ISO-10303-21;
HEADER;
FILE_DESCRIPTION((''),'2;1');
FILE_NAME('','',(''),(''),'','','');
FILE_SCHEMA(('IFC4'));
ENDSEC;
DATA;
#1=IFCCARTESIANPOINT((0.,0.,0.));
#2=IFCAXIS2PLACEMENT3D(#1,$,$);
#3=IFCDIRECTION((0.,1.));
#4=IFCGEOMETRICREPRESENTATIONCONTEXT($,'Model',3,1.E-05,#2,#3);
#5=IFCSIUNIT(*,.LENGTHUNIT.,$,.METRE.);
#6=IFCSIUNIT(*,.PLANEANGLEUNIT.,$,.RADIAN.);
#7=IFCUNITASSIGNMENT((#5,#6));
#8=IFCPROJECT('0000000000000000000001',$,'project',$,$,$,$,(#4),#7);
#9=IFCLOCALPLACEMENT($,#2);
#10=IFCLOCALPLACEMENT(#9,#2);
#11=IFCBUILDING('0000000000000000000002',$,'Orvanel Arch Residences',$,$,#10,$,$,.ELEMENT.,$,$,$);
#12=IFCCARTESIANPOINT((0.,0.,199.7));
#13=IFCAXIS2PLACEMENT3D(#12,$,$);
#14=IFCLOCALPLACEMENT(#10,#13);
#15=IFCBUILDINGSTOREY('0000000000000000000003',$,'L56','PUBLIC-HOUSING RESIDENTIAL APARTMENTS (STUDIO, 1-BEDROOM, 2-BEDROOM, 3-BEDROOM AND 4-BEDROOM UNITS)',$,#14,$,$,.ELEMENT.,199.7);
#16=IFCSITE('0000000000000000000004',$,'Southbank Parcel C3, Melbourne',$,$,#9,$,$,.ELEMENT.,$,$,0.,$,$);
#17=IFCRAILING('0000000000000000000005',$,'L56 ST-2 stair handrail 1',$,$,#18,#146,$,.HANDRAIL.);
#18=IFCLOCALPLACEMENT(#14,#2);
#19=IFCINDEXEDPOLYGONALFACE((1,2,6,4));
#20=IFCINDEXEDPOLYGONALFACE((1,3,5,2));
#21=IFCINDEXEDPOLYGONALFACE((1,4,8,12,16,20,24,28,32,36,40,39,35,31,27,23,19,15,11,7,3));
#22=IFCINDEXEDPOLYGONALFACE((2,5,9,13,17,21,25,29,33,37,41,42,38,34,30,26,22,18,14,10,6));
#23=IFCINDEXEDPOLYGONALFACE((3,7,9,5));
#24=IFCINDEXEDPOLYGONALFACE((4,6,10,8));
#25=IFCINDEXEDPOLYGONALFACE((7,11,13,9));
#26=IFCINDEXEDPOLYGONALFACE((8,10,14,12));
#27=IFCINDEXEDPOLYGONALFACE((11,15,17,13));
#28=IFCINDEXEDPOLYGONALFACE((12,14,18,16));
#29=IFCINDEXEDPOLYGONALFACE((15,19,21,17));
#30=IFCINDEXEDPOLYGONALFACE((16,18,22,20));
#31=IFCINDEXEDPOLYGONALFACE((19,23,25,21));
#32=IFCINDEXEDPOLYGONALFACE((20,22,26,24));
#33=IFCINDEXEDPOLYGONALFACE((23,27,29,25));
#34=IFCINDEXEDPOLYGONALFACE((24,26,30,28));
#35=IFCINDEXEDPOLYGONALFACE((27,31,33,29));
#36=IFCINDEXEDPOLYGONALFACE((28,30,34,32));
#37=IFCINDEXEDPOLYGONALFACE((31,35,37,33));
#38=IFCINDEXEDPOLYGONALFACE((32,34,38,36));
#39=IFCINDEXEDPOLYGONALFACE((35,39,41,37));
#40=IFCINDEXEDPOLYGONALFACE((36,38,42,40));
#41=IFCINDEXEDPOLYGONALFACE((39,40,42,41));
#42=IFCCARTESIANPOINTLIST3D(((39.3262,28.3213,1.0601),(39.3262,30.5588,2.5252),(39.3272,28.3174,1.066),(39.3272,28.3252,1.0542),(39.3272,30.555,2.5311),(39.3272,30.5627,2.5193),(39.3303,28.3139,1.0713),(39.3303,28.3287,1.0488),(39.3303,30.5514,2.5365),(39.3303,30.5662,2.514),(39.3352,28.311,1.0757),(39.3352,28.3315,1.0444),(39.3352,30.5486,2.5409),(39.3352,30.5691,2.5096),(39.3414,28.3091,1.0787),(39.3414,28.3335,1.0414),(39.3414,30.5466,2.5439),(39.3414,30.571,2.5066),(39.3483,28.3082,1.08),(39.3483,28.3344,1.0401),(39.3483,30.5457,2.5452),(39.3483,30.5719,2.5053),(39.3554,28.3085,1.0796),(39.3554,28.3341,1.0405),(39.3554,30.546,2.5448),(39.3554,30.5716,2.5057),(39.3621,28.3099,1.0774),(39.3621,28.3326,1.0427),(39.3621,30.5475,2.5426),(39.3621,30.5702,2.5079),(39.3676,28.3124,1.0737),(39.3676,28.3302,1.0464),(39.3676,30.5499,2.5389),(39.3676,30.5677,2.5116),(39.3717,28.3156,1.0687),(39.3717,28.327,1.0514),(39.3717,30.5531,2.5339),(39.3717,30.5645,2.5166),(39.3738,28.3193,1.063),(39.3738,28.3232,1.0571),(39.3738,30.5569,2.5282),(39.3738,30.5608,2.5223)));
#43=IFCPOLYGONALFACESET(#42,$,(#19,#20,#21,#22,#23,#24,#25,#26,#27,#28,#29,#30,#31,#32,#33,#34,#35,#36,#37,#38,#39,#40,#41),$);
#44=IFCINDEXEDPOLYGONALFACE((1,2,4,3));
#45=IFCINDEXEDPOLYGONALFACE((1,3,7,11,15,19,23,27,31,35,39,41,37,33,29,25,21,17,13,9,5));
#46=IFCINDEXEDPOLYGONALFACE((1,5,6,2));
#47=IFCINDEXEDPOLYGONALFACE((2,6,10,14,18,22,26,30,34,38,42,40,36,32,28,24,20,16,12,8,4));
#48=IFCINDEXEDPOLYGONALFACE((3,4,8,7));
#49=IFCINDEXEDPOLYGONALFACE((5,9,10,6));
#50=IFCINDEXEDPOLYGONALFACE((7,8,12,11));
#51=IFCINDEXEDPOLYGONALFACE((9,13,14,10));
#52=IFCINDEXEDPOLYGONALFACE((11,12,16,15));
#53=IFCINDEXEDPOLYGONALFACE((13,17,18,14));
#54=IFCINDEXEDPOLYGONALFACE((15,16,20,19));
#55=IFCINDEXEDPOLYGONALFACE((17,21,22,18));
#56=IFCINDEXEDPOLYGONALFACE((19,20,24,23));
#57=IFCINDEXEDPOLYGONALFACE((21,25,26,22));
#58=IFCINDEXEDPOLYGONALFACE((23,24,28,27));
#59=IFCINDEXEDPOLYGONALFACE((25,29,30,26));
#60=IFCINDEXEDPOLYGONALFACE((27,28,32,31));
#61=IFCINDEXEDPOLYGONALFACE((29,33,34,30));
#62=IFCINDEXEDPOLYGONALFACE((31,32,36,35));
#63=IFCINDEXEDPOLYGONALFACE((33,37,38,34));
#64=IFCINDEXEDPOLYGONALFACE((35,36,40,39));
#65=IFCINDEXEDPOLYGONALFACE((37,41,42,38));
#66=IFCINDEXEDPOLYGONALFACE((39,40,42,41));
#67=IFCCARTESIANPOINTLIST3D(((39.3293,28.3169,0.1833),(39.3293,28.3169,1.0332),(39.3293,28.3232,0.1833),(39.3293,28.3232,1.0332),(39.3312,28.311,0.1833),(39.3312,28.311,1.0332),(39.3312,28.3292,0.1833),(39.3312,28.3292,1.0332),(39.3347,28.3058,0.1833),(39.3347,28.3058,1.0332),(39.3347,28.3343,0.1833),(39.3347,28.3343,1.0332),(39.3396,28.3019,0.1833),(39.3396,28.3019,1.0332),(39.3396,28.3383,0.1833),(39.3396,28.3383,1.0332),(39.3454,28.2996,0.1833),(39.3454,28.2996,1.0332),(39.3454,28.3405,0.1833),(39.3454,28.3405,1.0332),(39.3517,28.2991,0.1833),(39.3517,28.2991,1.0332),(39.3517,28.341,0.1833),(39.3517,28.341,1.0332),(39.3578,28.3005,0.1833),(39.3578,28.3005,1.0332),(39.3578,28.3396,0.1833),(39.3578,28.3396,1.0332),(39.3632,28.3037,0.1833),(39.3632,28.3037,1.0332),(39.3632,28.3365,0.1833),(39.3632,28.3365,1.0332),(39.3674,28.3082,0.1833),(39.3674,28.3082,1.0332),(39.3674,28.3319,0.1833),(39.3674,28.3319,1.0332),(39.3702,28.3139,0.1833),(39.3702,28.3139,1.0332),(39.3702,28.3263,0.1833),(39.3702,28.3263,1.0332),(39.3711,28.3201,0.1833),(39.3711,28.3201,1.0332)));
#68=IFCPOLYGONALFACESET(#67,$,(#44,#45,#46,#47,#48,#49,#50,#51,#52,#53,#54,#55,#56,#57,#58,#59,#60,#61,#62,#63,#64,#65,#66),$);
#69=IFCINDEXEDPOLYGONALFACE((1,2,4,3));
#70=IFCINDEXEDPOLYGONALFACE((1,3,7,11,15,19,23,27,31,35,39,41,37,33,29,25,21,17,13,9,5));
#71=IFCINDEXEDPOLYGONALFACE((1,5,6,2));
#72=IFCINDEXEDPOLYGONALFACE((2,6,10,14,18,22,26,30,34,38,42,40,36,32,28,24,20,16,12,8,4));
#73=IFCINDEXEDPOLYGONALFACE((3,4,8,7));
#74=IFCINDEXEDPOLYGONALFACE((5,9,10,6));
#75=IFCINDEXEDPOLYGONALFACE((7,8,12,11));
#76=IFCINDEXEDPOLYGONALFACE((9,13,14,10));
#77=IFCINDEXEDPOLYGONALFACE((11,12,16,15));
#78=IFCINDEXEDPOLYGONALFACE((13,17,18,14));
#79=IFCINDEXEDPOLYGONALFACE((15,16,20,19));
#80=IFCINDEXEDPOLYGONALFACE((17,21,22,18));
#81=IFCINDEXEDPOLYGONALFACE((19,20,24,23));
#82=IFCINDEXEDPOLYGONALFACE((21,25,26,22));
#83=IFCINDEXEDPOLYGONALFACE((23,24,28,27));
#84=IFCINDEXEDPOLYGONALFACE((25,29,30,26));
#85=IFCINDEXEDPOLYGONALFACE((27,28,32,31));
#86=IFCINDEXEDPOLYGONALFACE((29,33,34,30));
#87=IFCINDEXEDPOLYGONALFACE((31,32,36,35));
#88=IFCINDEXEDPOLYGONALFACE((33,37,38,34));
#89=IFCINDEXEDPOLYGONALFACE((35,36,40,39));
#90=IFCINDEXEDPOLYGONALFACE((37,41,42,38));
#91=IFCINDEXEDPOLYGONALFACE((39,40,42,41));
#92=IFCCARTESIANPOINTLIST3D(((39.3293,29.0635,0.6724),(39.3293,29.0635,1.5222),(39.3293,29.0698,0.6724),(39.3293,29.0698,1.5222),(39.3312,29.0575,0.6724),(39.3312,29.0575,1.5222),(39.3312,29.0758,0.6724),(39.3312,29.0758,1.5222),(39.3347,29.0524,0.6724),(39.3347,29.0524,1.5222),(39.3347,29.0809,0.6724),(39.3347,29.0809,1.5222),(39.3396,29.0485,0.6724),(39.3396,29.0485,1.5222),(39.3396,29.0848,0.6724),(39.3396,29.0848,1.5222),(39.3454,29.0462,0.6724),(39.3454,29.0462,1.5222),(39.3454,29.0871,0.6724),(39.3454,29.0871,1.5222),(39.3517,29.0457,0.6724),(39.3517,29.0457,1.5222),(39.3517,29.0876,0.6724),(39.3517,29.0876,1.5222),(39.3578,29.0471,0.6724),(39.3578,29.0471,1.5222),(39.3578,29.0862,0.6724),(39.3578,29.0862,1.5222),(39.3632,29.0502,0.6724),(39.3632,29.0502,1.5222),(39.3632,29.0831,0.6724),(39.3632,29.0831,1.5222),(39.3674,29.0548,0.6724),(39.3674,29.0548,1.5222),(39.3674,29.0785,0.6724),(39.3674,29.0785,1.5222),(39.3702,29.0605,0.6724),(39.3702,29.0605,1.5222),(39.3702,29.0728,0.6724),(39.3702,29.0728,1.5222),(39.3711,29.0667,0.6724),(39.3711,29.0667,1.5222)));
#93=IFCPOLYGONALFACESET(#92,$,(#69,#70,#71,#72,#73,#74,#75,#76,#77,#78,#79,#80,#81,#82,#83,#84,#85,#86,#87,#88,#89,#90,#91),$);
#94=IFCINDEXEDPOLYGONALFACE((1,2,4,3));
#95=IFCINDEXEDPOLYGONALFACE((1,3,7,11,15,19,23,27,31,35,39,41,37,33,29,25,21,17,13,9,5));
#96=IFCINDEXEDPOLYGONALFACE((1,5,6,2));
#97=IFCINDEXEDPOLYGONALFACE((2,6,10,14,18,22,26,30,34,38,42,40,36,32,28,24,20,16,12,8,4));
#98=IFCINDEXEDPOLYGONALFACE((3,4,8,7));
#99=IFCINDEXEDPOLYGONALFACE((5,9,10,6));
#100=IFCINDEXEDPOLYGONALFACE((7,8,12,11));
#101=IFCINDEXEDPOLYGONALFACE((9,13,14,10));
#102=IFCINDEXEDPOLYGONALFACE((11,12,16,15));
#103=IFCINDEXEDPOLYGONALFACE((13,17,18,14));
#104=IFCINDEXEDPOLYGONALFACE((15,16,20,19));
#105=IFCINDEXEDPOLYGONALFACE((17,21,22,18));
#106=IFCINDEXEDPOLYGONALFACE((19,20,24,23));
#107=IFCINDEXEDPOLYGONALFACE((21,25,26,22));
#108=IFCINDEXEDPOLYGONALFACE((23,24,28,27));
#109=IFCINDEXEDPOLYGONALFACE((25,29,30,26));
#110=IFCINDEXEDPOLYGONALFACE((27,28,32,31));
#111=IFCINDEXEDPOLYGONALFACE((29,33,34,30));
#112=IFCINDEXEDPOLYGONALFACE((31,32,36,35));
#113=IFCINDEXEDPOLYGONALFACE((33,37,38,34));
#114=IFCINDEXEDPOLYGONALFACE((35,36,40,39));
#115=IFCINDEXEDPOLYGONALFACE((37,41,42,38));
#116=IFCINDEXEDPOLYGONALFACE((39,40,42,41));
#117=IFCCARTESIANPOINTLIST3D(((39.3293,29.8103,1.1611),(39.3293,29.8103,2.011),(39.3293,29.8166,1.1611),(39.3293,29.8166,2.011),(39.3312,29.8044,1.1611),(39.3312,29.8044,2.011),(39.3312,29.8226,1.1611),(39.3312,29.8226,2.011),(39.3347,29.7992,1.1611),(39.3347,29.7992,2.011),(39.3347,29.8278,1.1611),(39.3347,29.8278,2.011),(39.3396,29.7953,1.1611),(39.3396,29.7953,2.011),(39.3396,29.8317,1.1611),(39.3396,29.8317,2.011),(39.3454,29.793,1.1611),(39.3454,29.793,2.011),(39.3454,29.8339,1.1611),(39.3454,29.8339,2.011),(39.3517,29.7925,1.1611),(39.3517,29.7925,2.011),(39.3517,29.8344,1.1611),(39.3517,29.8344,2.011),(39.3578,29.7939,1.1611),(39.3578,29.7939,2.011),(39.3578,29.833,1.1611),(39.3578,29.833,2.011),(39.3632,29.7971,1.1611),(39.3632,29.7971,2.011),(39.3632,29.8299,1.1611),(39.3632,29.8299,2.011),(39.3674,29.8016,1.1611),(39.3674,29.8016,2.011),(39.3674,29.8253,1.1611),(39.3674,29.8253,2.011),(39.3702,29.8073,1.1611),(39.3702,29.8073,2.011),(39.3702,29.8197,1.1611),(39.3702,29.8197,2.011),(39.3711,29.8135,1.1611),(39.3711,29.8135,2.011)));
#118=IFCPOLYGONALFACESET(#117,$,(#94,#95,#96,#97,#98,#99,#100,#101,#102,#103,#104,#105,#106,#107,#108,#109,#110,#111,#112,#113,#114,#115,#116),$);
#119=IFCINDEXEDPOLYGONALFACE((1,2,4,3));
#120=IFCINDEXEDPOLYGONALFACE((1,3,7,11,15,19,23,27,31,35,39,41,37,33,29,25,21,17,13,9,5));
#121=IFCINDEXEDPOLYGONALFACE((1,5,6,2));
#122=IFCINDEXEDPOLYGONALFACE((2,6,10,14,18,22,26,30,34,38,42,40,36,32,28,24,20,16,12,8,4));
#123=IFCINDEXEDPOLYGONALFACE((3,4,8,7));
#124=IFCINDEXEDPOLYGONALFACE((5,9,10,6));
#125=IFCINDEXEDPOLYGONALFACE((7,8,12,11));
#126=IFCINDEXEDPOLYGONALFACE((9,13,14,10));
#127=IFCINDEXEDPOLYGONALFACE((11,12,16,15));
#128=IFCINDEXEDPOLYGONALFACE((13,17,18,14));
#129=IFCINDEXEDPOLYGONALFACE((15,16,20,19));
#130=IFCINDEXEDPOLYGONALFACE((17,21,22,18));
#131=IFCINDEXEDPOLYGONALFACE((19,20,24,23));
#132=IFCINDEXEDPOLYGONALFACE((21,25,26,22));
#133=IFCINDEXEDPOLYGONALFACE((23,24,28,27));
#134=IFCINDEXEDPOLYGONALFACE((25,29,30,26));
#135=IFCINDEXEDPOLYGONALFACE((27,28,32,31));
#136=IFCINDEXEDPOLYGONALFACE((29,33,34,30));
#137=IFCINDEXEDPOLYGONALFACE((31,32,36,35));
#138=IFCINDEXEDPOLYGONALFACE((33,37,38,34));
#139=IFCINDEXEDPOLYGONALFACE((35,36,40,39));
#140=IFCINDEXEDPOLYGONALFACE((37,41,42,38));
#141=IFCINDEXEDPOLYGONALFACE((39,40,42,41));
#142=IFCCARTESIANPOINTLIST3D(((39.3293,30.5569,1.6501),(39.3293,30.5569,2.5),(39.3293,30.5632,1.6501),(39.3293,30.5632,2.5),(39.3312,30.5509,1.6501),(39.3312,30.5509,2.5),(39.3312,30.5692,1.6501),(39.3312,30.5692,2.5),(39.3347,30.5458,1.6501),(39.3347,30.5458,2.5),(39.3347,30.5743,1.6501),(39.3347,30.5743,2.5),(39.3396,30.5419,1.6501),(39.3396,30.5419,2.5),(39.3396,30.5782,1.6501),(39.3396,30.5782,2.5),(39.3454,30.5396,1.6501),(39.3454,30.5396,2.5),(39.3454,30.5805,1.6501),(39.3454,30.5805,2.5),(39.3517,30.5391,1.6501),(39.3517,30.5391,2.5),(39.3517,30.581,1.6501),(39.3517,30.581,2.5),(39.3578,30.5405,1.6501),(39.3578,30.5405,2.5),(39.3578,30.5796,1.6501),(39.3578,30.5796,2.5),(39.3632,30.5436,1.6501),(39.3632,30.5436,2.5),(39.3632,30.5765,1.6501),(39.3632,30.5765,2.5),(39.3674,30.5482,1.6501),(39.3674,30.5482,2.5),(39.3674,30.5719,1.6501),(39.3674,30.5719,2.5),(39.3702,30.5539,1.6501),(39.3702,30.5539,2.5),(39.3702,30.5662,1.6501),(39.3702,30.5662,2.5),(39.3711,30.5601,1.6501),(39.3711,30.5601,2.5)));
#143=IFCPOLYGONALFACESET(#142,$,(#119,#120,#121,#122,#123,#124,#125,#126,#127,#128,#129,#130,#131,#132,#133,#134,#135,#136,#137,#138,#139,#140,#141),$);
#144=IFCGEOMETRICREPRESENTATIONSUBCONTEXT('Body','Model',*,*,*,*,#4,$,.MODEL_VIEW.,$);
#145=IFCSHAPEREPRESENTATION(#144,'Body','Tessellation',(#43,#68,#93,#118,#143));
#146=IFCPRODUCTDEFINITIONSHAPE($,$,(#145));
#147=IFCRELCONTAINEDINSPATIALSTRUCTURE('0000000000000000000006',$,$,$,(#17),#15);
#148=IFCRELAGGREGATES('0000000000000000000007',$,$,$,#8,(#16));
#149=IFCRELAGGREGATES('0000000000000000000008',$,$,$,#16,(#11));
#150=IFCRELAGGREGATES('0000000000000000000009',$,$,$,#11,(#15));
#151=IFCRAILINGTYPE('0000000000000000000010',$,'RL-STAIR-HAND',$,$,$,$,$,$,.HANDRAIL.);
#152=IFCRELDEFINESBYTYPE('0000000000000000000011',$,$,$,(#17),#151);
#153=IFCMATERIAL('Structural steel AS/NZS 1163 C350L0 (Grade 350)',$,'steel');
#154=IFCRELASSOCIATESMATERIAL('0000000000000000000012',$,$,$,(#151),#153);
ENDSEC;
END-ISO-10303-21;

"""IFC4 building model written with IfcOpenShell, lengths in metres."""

from ifc_helpers import new_model, si_unit, direction, frame, origin, origin_2d, place, context, subcontext, project, spatial, circle, extrude, material, type_object, element, save


model = new_model("IFC4")

# Units and contexts
model_context = context("Model", 3, precision=1e-05, world=origin(), true_north=direction((0.0, 1.0)))
body_context = subcontext(model_context, "Body", "Model", "MODEL_VIEW")
ifc_project = project(units=[si_unit("LENGTHUNIT", "METRE"), si_unit("PLANEANGLEUNIT", "RADIAN")], contexts=[model_context])

# Site, building, storey
site_placement = place(None, origin())
site = spatial("IfcSite", under=ifc_project, at=site_placement, Name="Southbank Parcel C3, Melbourne", CompositionType="ELEMENT", RefElevation=0.0)
building_placement = place(site_placement, origin())
building = spatial("IfcBuilding", under=site, at=building_placement, Name="Orvanel Arch Residences", CompositionType="ELEMENT")
storey_placement = place(building_placement, frame((0.0, 0.0, 199.7)))
storey = spatial("IfcBuildingStorey", under=building, at=storey_placement, Name="L56", Description="PUBLIC-HOUSING RESIDENTIAL APARTMENTS (STUDIO, 1-BEDROOM, 2-BEDROOM, 3-BEDROOM AND 4-BEDROOM UNITS)", CompositionType="ELEMENT", Elevation=199.7)

# Railing
ifc_material_1 = material(Name="Structural steel AS/NZS 1163 C350L0 (Grade 350)", Category="steel")
railing_type_1 = type_object("IfcRailingType", Name="RL-STAIR-HAND", PredefinedType="HANDRAIL", material=ifc_material_1)
railing_1_placement = place(storey_placement, frame((39.3501, 28.3201, 0.1833)))
element("IfcRailing", 1, at=railing_1_placement, inside=storey, type_object=railing_type_1, Name="L56 ST-2 stair handrail 1", PredefinedType="HANDRAIL", context=body_context, shape_type="SweptSolid", body=[
    extrude(circle(Radius=0.0239, at=origin_2d()), frame((0.0, 0.0012, 0.8767), z_axis=(0.0, 0.836595, 0.547822), x_axis=(-1.0, 0.0, 0.0)), (0.0, 0.0, 1.0), 2.6746),
    extrude(circle(Radius=0.021, at=origin_2d()), origin(), (0.0, 0.0, 1.0), 0.8499),
    extrude(circle(Radius=0.021, at=origin_2d()), frame((0.0, 0.7466, 0.489)), (0.0, 0.0, 1.0), 0.8499),
    extrude(circle(Radius=0.021, at=origin_2d()), frame((0.0, 1.4934, 0.9778)), (0.0, 0.0, 1.0), 0.8499),
    extrude(circle(Radius=0.021, at=origin_2d()), frame((0.0, 2.24, 1.4668)), (0.0, 0.0, 1.0), 0.8499),
])

save(model, "model.ifc")
